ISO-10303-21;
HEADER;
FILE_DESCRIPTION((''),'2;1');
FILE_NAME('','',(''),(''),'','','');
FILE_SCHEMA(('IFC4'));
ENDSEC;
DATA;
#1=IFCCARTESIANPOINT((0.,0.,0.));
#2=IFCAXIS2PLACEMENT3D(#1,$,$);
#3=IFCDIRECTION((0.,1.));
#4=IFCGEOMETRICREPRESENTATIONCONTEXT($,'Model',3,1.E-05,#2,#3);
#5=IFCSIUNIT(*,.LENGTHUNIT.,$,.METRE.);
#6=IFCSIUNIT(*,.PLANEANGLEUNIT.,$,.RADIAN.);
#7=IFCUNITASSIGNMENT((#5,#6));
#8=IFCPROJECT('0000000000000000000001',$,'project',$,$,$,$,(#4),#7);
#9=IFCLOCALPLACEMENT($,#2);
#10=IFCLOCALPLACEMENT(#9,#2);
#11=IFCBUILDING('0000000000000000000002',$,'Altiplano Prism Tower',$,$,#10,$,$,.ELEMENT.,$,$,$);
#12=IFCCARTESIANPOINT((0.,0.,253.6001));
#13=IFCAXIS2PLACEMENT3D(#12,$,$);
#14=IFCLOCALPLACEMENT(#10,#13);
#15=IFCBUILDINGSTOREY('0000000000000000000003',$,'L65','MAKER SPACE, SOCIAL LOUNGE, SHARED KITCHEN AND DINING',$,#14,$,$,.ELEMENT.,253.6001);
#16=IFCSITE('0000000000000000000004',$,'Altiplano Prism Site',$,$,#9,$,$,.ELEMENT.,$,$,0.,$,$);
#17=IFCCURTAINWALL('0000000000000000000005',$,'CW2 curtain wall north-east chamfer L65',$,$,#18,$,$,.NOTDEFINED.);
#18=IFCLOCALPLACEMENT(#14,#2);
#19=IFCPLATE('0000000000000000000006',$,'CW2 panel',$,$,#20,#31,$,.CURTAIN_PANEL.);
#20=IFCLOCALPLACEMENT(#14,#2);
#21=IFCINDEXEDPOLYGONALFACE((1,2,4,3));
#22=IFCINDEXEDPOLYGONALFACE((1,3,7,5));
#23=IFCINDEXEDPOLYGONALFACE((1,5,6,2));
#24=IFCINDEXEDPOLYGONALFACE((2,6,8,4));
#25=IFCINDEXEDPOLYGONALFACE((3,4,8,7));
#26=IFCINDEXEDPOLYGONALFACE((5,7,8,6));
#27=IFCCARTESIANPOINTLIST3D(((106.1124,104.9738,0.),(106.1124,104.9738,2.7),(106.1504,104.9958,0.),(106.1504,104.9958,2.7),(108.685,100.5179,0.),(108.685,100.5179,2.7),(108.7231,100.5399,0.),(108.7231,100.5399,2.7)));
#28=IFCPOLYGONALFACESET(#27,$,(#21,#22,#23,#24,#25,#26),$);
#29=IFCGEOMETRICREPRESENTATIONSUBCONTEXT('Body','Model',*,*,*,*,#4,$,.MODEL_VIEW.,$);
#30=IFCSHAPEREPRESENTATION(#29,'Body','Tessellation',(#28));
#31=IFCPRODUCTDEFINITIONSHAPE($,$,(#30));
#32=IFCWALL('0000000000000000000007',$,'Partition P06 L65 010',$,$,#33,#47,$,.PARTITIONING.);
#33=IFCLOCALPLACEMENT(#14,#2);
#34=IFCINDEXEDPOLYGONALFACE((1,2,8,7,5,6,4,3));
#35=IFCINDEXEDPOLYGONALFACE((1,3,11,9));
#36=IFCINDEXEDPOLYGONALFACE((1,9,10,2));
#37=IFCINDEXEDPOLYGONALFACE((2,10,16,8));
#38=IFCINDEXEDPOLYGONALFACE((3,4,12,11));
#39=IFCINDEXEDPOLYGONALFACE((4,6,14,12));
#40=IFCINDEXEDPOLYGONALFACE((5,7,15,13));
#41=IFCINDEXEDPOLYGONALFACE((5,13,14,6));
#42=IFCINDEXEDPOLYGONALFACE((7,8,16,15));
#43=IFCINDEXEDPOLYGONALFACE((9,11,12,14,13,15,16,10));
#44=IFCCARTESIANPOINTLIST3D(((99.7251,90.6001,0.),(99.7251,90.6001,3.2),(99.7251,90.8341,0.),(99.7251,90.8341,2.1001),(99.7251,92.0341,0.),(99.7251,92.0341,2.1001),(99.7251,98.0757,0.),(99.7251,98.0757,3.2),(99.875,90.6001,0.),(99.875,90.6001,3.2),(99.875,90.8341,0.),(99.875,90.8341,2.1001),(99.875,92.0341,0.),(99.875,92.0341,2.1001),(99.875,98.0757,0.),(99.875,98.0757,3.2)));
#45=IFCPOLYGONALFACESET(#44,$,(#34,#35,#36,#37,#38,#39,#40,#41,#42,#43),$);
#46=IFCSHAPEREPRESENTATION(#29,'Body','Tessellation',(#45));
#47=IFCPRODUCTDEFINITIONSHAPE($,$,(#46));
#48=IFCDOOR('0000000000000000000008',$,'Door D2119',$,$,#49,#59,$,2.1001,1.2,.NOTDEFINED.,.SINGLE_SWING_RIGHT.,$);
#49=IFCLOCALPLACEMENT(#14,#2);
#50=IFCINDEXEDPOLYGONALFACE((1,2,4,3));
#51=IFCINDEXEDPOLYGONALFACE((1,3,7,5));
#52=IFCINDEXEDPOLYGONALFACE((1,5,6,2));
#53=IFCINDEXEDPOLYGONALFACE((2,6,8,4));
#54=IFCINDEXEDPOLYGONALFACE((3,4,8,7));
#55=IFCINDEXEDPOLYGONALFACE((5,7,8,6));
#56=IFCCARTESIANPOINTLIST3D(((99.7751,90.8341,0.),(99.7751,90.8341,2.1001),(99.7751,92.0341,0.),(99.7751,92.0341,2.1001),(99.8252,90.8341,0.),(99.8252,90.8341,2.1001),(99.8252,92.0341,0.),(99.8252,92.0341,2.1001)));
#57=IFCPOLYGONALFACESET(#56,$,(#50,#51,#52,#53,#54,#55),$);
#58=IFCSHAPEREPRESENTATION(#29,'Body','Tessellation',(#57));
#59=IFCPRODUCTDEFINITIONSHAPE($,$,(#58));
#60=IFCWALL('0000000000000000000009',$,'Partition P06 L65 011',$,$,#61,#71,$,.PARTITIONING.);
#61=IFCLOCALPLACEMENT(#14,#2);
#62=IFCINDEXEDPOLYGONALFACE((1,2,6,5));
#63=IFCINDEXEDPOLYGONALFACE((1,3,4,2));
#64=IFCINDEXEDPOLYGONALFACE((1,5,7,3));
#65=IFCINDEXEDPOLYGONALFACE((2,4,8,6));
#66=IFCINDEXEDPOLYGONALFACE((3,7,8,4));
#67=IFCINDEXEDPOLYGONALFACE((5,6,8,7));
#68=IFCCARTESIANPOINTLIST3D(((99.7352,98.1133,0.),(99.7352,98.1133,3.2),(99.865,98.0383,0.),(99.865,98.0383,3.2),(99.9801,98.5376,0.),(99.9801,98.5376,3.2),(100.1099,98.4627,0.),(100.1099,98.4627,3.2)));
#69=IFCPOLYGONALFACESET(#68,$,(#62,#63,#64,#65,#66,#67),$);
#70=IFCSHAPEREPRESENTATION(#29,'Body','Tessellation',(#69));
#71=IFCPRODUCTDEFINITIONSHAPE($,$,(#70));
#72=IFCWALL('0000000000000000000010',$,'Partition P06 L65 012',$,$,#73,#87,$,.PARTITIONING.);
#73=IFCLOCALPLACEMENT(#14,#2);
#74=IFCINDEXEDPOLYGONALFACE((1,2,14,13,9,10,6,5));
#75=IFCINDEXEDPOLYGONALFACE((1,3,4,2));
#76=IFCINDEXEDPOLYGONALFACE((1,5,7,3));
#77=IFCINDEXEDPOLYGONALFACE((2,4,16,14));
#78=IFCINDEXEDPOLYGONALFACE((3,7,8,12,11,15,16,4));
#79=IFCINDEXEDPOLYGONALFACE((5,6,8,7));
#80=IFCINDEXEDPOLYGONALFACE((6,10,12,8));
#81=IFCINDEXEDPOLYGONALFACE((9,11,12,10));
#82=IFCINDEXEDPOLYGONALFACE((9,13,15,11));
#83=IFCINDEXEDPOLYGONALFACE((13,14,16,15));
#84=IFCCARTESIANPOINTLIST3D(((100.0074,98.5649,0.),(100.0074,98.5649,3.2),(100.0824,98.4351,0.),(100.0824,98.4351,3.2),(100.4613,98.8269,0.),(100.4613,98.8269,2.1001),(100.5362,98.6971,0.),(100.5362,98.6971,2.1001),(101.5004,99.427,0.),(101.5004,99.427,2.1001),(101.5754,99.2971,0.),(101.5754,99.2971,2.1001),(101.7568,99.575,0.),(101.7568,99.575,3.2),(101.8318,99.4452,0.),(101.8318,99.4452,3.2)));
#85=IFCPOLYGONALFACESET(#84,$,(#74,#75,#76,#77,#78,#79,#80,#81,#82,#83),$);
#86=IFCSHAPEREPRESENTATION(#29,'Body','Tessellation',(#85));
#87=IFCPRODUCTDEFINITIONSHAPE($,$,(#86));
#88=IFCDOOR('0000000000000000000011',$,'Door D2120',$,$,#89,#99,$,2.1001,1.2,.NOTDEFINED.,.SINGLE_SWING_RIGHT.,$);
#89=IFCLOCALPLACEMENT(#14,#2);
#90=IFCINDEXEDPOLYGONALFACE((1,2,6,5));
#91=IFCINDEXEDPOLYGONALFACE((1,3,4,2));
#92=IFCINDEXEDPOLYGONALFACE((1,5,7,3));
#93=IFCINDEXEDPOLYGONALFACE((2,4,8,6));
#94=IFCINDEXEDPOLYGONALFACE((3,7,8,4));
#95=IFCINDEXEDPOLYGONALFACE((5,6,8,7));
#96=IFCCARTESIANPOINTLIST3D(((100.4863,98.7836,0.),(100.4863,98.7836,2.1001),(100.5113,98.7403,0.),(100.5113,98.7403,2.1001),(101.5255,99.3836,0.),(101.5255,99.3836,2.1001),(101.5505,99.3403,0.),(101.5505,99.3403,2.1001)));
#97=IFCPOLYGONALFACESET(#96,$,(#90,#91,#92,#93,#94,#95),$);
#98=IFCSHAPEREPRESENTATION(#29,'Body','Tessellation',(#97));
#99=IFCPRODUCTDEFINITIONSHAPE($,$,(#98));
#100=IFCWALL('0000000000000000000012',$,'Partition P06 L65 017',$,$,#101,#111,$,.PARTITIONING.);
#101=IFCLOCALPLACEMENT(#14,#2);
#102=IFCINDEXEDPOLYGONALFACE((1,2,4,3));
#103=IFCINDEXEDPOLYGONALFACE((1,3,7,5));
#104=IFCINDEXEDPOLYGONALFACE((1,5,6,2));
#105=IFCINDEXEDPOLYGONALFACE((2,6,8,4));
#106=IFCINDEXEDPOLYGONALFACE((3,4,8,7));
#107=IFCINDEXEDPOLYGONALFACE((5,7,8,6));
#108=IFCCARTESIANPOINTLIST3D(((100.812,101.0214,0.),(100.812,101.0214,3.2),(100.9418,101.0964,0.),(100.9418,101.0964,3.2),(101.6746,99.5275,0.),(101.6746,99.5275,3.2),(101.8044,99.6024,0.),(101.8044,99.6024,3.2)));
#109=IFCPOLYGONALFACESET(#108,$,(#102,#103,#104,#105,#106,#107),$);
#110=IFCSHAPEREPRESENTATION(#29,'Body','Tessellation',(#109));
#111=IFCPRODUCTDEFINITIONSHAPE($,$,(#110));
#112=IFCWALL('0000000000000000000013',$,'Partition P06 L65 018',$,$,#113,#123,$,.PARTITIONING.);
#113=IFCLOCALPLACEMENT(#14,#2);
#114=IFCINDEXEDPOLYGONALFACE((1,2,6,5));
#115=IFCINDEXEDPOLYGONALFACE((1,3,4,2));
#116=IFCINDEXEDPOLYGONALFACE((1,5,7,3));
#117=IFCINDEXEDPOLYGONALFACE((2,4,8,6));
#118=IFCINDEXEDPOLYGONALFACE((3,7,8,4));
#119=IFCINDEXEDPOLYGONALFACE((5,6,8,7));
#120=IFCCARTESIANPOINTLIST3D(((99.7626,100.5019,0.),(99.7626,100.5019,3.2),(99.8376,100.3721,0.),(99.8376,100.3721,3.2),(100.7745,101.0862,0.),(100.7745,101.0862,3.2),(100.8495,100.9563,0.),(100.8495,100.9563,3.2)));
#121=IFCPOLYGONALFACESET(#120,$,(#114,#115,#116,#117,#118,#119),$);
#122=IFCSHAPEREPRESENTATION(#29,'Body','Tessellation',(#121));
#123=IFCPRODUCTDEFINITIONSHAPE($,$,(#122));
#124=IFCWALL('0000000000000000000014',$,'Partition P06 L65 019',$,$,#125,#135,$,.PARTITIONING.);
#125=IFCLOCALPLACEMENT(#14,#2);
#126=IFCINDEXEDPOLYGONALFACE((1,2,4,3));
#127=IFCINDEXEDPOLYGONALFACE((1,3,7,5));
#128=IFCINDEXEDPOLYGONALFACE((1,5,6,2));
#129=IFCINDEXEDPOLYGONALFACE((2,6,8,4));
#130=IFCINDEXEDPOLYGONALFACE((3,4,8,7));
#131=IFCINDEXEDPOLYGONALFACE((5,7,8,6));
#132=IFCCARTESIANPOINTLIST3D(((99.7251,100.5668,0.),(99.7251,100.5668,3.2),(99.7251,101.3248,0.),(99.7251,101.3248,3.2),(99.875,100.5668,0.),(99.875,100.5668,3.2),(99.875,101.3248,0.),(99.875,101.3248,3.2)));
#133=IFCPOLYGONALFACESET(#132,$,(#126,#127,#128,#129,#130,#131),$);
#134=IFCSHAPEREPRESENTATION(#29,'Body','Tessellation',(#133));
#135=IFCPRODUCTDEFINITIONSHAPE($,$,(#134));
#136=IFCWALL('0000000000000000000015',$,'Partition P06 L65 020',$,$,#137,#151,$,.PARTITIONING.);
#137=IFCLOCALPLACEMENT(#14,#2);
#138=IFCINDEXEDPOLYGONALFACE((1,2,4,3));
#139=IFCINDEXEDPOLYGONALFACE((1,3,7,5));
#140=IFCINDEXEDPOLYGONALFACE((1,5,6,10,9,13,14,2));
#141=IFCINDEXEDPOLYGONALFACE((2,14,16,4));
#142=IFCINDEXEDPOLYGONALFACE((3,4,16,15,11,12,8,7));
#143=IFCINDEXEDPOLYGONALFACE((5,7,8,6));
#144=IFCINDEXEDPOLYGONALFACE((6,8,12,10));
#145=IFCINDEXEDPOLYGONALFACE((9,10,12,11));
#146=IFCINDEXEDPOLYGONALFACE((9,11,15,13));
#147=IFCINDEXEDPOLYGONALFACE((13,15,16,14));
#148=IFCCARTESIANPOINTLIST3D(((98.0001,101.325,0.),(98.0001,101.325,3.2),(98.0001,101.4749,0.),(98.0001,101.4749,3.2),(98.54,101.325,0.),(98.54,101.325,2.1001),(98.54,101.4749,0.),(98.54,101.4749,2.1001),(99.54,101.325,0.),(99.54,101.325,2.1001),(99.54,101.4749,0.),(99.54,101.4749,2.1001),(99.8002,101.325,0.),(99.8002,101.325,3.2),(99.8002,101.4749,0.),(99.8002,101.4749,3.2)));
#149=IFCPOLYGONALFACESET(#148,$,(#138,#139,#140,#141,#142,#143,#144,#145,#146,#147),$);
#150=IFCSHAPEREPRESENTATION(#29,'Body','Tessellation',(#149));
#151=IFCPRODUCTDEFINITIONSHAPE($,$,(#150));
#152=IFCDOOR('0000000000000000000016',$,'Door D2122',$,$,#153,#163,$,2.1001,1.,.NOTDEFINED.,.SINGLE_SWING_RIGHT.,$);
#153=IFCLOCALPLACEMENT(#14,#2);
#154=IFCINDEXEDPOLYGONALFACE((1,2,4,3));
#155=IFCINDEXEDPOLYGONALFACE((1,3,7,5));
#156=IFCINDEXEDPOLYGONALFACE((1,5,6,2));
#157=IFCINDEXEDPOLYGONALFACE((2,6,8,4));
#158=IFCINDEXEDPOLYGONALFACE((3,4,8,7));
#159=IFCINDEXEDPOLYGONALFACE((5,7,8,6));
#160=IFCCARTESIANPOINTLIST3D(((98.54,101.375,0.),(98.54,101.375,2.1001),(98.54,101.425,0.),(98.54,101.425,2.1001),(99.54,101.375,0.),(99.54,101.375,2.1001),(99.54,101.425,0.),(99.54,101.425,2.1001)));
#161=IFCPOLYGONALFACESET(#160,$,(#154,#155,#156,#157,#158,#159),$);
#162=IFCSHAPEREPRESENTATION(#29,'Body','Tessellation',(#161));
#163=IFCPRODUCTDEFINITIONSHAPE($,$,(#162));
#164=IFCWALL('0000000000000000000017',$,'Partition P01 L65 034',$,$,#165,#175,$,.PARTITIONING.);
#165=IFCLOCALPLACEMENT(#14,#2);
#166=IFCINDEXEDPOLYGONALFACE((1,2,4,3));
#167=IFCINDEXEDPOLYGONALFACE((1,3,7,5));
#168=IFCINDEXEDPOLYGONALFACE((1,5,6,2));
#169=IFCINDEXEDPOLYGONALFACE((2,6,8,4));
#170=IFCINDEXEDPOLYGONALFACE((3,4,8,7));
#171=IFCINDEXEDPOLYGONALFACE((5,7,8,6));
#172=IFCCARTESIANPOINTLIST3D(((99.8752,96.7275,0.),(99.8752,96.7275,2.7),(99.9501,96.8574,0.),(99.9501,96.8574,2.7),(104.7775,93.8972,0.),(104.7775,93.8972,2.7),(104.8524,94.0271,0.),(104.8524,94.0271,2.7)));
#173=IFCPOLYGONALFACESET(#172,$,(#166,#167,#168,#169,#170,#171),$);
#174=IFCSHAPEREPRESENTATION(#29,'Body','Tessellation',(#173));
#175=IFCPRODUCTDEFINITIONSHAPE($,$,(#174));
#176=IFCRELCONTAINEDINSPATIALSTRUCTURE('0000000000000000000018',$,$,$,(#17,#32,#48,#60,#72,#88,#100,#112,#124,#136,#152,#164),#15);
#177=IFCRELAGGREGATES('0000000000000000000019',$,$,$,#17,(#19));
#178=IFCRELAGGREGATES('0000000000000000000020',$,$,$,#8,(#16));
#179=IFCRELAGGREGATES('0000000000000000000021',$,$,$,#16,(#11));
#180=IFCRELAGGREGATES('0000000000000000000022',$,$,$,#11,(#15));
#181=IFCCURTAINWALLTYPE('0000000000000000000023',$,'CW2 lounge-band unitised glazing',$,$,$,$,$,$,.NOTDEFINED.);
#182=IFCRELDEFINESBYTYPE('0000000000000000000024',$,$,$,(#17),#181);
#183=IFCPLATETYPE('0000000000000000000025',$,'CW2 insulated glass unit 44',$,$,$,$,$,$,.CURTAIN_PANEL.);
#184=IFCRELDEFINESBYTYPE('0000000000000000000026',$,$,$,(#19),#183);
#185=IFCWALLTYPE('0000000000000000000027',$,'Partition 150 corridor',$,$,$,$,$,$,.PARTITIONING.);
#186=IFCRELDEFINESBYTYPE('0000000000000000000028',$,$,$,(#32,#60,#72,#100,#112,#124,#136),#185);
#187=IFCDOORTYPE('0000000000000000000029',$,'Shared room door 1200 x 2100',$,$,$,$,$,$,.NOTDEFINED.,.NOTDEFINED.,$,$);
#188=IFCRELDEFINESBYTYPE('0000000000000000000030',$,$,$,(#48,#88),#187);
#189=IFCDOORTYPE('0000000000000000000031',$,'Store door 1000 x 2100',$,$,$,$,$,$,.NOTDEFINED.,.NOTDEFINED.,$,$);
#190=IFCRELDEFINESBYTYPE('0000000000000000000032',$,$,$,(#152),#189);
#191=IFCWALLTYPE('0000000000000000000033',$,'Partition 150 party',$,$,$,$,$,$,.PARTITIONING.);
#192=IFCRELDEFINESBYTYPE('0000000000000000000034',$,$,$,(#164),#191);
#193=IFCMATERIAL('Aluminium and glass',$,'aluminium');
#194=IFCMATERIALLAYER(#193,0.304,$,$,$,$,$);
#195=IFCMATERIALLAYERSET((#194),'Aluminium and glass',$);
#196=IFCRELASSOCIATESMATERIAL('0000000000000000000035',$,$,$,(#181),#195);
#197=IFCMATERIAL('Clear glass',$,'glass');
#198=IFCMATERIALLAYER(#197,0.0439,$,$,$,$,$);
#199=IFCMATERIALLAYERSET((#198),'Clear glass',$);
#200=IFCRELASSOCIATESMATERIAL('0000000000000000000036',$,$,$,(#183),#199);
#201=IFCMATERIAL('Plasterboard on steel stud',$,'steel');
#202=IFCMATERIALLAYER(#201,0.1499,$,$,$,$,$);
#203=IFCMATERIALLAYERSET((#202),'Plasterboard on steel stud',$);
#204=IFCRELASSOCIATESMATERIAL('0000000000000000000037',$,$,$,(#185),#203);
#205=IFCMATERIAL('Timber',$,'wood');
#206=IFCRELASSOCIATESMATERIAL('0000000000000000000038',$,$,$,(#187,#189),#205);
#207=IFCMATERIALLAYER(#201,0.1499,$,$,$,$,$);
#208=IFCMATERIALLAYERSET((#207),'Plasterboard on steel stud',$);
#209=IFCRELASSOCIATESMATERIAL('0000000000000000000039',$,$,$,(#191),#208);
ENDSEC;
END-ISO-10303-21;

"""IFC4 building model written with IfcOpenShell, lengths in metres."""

from ifc_helpers import new_model, si_unit, direction, frame, frame_2d, origin, origin_2d, place, context, subcontext, project, spatial, rectangle, extrude, material, layer, layer_set, type_object, element, fill, aggregate, save


model = new_model("IFC4")

# Units and contexts
model_context = context("Model", 3, precision=1e-05, world=origin(), true_north=direction((0.0, 1.0)))
body_context = subcontext(model_context, "Body", "Model", "MODEL_VIEW")
ifc_project = project(units=[si_unit("LENGTHUNIT", "METRE"), si_unit("PLANEANGLEUNIT", "RADIAN")], contexts=[model_context])

# Site, building, storey
site_placement = place(None, origin())
site = spatial("IfcSite", under=ifc_project, at=site_placement, Name="Altiplano Prism Site", CompositionType="ELEMENT", RefElevation=0.0)
building_placement = place(site_placement, origin())
building = spatial("IfcBuilding", under=site, at=building_placement, Name="Altiplano Prism Tower", CompositionType="ELEMENT")
storey_placement = place(building_placement, frame((0.0, 0.0, 253.6001)))
storey = spatial("IfcBuildingStorey", under=building, at=storey_placement, Name="L65", Description="MAKER SPACE, SOCIAL LOUNGE, SHARED KITCHEN AND DINING", CompositionType="ELEMENT", Elevation=253.6001)

# Shared definitions
ifc_material_1 = material(Name="Aluminium and glass", Category="aluminium")
ifc_layer_1 = layer(ifc_material_1, 0.304)
ifc_layer_set_1 = layer_set([ifc_layer_1], Name="Aluminium and glass")
curtain_wall_type = type_object("IfcCurtainWallType", Name="CW2 lounge-band unitised glazing", PredefinedType="NOTDEFINED", material=ifc_layer_set_1)

# Curtain wall
curtain_wall_1_placement = place(storey_placement, origin())
curtain_wall_1 = element("IfcCurtainWall", 1, at=curtain_wall_1_placement, inside=storey, type_object=curtain_wall_type, Name="CW2 curtain wall north-east chamfer L65", PredefinedType="NOTDEFINED")

# Plate
ifc_material_2 = material(Name="Clear glass", Category="glass")
ifc_layer_2 = layer(ifc_material_2, 0.0439)
ifc_layer_set_2 = layer_set([ifc_layer_2], Name="Clear glass")
plate_type = type_object("IfcPlateType", Name="CW2 insulated glass unit 44", PredefinedType="CURTAIN_PANEL", material=ifc_layer_set_2)
plate_1_placement = place(storey_placement, frame((107.4177, 102.7568, 0.0), z_axis=(0.0, 0.0, 1.0), x_axis=(-0.5, 0.866025, 0.0)))
plate_1 = element("IfcPlate", 2, at=plate_1_placement, type_object=plate_type, Name="CW2 panel", PredefinedType="CURTAIN_PANEL", context=body_context, shape_type="SweptSolid", body=[
    extrude(rectangle(XDim=5.1453, YDim=0.0439, at=origin_2d()), origin(), (0.0, 0.0, 1.0), 2.7),
])
aggregate(curtain_wall_1, [plate_1])

# Wall, opening, door
ifc_material_3 = material(Name="Plasterboard on steel stud", Category="steel")
ifc_layer_3 = layer(ifc_material_3, 0.1499)
ifc_layer_set_3 = layer_set([ifc_layer_3], Name="Plasterboard on steel stud")
wall_type_1 = type_object("IfcWallType", Name="Partition 150 corridor", PredefinedType="PARTITIONING", material=ifc_layer_set_3)
wall_1_placement = place(storey_placement, frame((99.8, 90.6001, 0.0), z_axis=(0.0, 0.0, 1.0), x_axis=(0.0, 1.0, 0.0)))
wall_1 = element("IfcWall", 3, at=wall_1_placement, inside=storey, type_object=wall_type_1, Name="Partition P06 L65 010", PredefinedType="PARTITIONING", context=body_context, shape_type="SweptSolid", body=[
    extrude(rectangle(XDim=7.4756, YDim=0.1499, at=frame_2d((3.7378, 0.0))), origin(), (0.0, 0.0, 1.0), 3.2),
])
opening_1_placement = place(wall_1_placement, frame((0.2339, 0.0, 0.0)))
opening_1 = element("IfcOpeningElement", 4, at=opening_1_placement, cuts=wall_1, PredefinedType="OPENING", context=body_context, shape_type="SweptSolid", body=[
    extrude(rectangle(XDim=1.2, YDim=2.1001, at=frame_2d((0.6001, 1.05))), frame((0.0, 0.0854, 0.0), z_axis=(0.0, -1.0, 0.0), x_axis=(1.0, 0.0, 0.0)), (0.0, 0.0, 1.0), 0.1709),
])
ifc_material_4 = material(Name="Timber", Category="wood")
door_type_1 = type_object("IfcDoorType", Name="Shared room door 1200 x 2100", OperationType="NOTDEFINED", PredefinedType="NOTDEFINED", material=ifc_material_4)
door_1_placement = place(opening_1_placement, origin())
door_1 = element("IfcDoor", 5, at=door_1_placement, inside=storey, type_object=door_type_1, Name="Door D2119", OperationType="SINGLE_SWING_RIGHT", OverallHeight=2.1001, OverallWidth=1.2, PredefinedType="NOTDEFINED", context=body_context, shape_type="SweptSolid", body=[
    extrude(rectangle(XDim=1.2, YDim=2.1001, at=frame_2d((0.6001, 1.05))), frame((0.0, 0.0249, 0.0), z_axis=(0.0, -1.0, 0.0), x_axis=(1.0, 0.0, 0.0)), (0.0, 0.0, 1.0), 0.05),
])
fill(opening_1, door_1)

# Wall
wall_2_placement = place(storey_placement, frame((99.8, 98.0757, 0.0), z_axis=(0.0, 0.0, 1.0), x_axis=(0.499837, 0.866119, 0.0)))
element("IfcWall", 6, at=wall_2_placement, inside=storey, type_object=wall_type_1, Name="Partition P06 L65 011", PredefinedType="PARTITIONING", context=body_context, shape_type="SweptSolid", body=[
    extrude(rectangle(XDim=0.49, YDim=0.1499, at=frame_2d((0.2451, 0.0))), origin(), (0.0, 0.0, 1.0), 3.2),
])

# Wall, opening, door
wall_3_placement = place(storey_placement, frame((100.0449, 98.5, 0.0), z_axis=(0.0, 0.0, 1.0), x_axis=(0.86601, 0.500026, 0.0)))
wall_3 = element("IfcWall", 7, at=wall_3_placement, inside=storey, type_object=wall_type_1, Name="Partition P06 L65 012", PredefinedType="PARTITIONING", context=body_context, shape_type="SweptSolid", body=[
    extrude(rectangle(XDim=2.02, YDim=0.1499, at=frame_2d((1.01, 0.0))), origin(), (0.0, 0.0, 1.0), 3.2),
])
opening_2_placement = place(wall_3_placement, frame((0.5239, 0.0, 0.0)))
opening_2 = element("IfcOpeningElement", 8, at=opening_2_placement, cuts=wall_3, PredefinedType="OPENING", context=body_context, shape_type="SweptSolid", body=[
    extrude(rectangle(XDim=1.2, YDim=2.1001, at=frame_2d((0.6001, 1.05))), frame((0.0, 0.0854, 0.0), z_axis=(0.0, -1.0, 0.0), x_axis=(1.0, 0.0, 0.0)), (0.0, 0.0, 1.0), 0.1709),
])
door_2_placement = place(opening_2_placement, origin())
door_2 = element("IfcDoor", 9, at=door_2_placement, inside=storey, type_object=door_type_1, Name="Door D2120", OperationType="SINGLE_SWING_RIGHT", OverallHeight=2.1001, OverallWidth=1.2, PredefinedType="NOTDEFINED", context=body_context, shape_type="SweptSolid", body=[
    extrude(rectangle(XDim=1.2, YDim=2.1001, at=frame_2d((0.6001, 1.05))), frame((0.0, 0.0249, 0.0), z_axis=(0.0, -1.0, 0.0), x_axis=(1.0, 0.0, 0.0)), (0.0, 0.0, 1.0), 0.05),
])
fill(opening_2, door_2)

# Walls
wall_4_placement = place(storey_placement, frame((101.7395, 99.5649, 0.0), z_axis=(0.0, 0.0, 1.0), x_axis=(-0.500021, 0.866014, 0.0)))
element("IfcWall", 10, at=wall_4_placement, inside=storey, type_object=wall_type_1, Name="Partition P06 L65 017", PredefinedType="PARTITIONING", context=body_context, shape_type="SweptSolid", body=[
    extrude(rectangle(XDim=1.7251, YDim=0.1499, at=frame_2d((0.8625, 0.0))), origin(), (0.0, 0.0, 1.0), 3.2),
])
wall_5_placement = place(storey_placement, frame((100.812, 101.0212, 0.0), z_axis=(0.0, 0.0, 1.0), x_axis=(-0.866036, -0.499982, 0.0)))
element("IfcWall", 11, at=wall_5_placement, inside=storey, type_object=wall_type_1, Name="Partition P06 L65 018", PredefinedType="PARTITIONING", context=body_context, shape_type="SweptSolid", body=[
    extrude(rectangle(XDim=1.1685, YDim=0.1499, at=frame_2d((0.5842, 0.0))), origin(), (0.0, 0.0, 1.0), 3.2),
])
wall_6_placement = place(storey_placement, frame((99.8, 100.5669, 0.0), z_axis=(0.0, 0.0, 1.0), x_axis=(0.0, 1.0, 0.0)))
element("IfcWall", 12, at=wall_6_placement, inside=storey, type_object=wall_type_1, Name="Partition P06 L65 019", PredefinedType="PARTITIONING", context=body_context, shape_type="SweptSolid", body=[
    extrude(rectangle(XDim=0.7581, YDim=0.1499, at=frame_2d((0.3789, 0.0))), origin(), (0.0, 0.0, 1.0), 3.2),
])

# Wall, opening, door
wall_7_placement = place(storey_placement, frame((99.8, 101.3999, 0.0), z_axis=(0.0, 0.0, 1.0), x_axis=(-1.0, 0.0, 0.0)))
wall_7 = element("IfcWall", 13, at=wall_7_placement, inside=storey, type_object=wall_type_1, Name="Partition P06 L65 020", PredefinedType="PARTITIONING", context=body_context, shape_type="SweptSolid", body=[
    extrude(rectangle(XDim=1.8, YDim=0.1499, at=frame_2d((0.8999, 0.0))), origin(), (0.0, 0.0, 1.0), 3.2),
])
opening_3_placement = place(wall_7_placement, frame((0.26, 0.0, 0.0)))
opening_3 = element("IfcOpeningElement", 14, at=opening_3_placement, cuts=wall_7, PredefinedType="OPENING", context=body_context, shape_type="SweptSolid", body=[
    extrude(rectangle(XDim=1.0, YDim=2.1001, at=frame_2d((0.5, 1.05))), frame((0.0, 0.0854, 0.0), z_axis=(0.0, -1.0, 0.0), x_axis=(1.0, 0.0, 0.0)), (0.0, 0.0, 1.0), 0.1709),
])
door_type_2 = type_object("IfcDoorType", Name="Store door 1000 x 2100", OperationType="NOTDEFINED", PredefinedType="NOTDEFINED", material=ifc_material_4)
door_3_placement = place(opening_3_placement, origin())
door_3 = element("IfcDoor", 15, at=door_3_placement, inside=storey, type_object=door_type_2, Name="Door D2122", OperationType="SINGLE_SWING_RIGHT", OverallHeight=2.1001, OverallWidth=1.0, PredefinedType="NOTDEFINED", context=body_context, shape_type="SweptSolid", body=[
    extrude(rectangle(XDim=1.0, YDim=2.1001, at=frame_2d((0.5, 1.05))), frame((0.0, 0.0249, 0.0), z_axis=(0.0, -1.0, 0.0), x_axis=(1.0, 0.0, 0.0)), (0.0, 0.0, 1.0), 0.05),
])
fill(opening_3, door_3)

# Wall
ifc_layer_4 = layer(ifc_material_3, 0.1499)
ifc_layer_set_4 = layer_set([ifc_layer_4], Name="Plasterboard on steel stud")
wall_type_2 = type_object("IfcWallType", Name="Partition 150 party", PredefinedType="PARTITIONING", material=ifc_layer_set_4)
wall_8_placement = place(storey_placement, frame((104.8149, 93.9622, 0.0), z_axis=(0.0, 0.0, 1.0), x_axis=(-0.866029, 0.499994, 0.0)))
element("IfcWall", 16, at=wall_8_placement, inside=storey, type_object=wall_type_2, Name="Partition P01 L65 034", PredefinedType="PARTITIONING", context=body_context, shape_type="SweptSolid", body=[
    extrude(rectangle(XDim=5.6606, YDim=0.1499, at=frame_2d((2.8303, 0.0))), origin(), (0.0, 0.0, 1.0), 2.7),
])

save(model, "model.ifc")
